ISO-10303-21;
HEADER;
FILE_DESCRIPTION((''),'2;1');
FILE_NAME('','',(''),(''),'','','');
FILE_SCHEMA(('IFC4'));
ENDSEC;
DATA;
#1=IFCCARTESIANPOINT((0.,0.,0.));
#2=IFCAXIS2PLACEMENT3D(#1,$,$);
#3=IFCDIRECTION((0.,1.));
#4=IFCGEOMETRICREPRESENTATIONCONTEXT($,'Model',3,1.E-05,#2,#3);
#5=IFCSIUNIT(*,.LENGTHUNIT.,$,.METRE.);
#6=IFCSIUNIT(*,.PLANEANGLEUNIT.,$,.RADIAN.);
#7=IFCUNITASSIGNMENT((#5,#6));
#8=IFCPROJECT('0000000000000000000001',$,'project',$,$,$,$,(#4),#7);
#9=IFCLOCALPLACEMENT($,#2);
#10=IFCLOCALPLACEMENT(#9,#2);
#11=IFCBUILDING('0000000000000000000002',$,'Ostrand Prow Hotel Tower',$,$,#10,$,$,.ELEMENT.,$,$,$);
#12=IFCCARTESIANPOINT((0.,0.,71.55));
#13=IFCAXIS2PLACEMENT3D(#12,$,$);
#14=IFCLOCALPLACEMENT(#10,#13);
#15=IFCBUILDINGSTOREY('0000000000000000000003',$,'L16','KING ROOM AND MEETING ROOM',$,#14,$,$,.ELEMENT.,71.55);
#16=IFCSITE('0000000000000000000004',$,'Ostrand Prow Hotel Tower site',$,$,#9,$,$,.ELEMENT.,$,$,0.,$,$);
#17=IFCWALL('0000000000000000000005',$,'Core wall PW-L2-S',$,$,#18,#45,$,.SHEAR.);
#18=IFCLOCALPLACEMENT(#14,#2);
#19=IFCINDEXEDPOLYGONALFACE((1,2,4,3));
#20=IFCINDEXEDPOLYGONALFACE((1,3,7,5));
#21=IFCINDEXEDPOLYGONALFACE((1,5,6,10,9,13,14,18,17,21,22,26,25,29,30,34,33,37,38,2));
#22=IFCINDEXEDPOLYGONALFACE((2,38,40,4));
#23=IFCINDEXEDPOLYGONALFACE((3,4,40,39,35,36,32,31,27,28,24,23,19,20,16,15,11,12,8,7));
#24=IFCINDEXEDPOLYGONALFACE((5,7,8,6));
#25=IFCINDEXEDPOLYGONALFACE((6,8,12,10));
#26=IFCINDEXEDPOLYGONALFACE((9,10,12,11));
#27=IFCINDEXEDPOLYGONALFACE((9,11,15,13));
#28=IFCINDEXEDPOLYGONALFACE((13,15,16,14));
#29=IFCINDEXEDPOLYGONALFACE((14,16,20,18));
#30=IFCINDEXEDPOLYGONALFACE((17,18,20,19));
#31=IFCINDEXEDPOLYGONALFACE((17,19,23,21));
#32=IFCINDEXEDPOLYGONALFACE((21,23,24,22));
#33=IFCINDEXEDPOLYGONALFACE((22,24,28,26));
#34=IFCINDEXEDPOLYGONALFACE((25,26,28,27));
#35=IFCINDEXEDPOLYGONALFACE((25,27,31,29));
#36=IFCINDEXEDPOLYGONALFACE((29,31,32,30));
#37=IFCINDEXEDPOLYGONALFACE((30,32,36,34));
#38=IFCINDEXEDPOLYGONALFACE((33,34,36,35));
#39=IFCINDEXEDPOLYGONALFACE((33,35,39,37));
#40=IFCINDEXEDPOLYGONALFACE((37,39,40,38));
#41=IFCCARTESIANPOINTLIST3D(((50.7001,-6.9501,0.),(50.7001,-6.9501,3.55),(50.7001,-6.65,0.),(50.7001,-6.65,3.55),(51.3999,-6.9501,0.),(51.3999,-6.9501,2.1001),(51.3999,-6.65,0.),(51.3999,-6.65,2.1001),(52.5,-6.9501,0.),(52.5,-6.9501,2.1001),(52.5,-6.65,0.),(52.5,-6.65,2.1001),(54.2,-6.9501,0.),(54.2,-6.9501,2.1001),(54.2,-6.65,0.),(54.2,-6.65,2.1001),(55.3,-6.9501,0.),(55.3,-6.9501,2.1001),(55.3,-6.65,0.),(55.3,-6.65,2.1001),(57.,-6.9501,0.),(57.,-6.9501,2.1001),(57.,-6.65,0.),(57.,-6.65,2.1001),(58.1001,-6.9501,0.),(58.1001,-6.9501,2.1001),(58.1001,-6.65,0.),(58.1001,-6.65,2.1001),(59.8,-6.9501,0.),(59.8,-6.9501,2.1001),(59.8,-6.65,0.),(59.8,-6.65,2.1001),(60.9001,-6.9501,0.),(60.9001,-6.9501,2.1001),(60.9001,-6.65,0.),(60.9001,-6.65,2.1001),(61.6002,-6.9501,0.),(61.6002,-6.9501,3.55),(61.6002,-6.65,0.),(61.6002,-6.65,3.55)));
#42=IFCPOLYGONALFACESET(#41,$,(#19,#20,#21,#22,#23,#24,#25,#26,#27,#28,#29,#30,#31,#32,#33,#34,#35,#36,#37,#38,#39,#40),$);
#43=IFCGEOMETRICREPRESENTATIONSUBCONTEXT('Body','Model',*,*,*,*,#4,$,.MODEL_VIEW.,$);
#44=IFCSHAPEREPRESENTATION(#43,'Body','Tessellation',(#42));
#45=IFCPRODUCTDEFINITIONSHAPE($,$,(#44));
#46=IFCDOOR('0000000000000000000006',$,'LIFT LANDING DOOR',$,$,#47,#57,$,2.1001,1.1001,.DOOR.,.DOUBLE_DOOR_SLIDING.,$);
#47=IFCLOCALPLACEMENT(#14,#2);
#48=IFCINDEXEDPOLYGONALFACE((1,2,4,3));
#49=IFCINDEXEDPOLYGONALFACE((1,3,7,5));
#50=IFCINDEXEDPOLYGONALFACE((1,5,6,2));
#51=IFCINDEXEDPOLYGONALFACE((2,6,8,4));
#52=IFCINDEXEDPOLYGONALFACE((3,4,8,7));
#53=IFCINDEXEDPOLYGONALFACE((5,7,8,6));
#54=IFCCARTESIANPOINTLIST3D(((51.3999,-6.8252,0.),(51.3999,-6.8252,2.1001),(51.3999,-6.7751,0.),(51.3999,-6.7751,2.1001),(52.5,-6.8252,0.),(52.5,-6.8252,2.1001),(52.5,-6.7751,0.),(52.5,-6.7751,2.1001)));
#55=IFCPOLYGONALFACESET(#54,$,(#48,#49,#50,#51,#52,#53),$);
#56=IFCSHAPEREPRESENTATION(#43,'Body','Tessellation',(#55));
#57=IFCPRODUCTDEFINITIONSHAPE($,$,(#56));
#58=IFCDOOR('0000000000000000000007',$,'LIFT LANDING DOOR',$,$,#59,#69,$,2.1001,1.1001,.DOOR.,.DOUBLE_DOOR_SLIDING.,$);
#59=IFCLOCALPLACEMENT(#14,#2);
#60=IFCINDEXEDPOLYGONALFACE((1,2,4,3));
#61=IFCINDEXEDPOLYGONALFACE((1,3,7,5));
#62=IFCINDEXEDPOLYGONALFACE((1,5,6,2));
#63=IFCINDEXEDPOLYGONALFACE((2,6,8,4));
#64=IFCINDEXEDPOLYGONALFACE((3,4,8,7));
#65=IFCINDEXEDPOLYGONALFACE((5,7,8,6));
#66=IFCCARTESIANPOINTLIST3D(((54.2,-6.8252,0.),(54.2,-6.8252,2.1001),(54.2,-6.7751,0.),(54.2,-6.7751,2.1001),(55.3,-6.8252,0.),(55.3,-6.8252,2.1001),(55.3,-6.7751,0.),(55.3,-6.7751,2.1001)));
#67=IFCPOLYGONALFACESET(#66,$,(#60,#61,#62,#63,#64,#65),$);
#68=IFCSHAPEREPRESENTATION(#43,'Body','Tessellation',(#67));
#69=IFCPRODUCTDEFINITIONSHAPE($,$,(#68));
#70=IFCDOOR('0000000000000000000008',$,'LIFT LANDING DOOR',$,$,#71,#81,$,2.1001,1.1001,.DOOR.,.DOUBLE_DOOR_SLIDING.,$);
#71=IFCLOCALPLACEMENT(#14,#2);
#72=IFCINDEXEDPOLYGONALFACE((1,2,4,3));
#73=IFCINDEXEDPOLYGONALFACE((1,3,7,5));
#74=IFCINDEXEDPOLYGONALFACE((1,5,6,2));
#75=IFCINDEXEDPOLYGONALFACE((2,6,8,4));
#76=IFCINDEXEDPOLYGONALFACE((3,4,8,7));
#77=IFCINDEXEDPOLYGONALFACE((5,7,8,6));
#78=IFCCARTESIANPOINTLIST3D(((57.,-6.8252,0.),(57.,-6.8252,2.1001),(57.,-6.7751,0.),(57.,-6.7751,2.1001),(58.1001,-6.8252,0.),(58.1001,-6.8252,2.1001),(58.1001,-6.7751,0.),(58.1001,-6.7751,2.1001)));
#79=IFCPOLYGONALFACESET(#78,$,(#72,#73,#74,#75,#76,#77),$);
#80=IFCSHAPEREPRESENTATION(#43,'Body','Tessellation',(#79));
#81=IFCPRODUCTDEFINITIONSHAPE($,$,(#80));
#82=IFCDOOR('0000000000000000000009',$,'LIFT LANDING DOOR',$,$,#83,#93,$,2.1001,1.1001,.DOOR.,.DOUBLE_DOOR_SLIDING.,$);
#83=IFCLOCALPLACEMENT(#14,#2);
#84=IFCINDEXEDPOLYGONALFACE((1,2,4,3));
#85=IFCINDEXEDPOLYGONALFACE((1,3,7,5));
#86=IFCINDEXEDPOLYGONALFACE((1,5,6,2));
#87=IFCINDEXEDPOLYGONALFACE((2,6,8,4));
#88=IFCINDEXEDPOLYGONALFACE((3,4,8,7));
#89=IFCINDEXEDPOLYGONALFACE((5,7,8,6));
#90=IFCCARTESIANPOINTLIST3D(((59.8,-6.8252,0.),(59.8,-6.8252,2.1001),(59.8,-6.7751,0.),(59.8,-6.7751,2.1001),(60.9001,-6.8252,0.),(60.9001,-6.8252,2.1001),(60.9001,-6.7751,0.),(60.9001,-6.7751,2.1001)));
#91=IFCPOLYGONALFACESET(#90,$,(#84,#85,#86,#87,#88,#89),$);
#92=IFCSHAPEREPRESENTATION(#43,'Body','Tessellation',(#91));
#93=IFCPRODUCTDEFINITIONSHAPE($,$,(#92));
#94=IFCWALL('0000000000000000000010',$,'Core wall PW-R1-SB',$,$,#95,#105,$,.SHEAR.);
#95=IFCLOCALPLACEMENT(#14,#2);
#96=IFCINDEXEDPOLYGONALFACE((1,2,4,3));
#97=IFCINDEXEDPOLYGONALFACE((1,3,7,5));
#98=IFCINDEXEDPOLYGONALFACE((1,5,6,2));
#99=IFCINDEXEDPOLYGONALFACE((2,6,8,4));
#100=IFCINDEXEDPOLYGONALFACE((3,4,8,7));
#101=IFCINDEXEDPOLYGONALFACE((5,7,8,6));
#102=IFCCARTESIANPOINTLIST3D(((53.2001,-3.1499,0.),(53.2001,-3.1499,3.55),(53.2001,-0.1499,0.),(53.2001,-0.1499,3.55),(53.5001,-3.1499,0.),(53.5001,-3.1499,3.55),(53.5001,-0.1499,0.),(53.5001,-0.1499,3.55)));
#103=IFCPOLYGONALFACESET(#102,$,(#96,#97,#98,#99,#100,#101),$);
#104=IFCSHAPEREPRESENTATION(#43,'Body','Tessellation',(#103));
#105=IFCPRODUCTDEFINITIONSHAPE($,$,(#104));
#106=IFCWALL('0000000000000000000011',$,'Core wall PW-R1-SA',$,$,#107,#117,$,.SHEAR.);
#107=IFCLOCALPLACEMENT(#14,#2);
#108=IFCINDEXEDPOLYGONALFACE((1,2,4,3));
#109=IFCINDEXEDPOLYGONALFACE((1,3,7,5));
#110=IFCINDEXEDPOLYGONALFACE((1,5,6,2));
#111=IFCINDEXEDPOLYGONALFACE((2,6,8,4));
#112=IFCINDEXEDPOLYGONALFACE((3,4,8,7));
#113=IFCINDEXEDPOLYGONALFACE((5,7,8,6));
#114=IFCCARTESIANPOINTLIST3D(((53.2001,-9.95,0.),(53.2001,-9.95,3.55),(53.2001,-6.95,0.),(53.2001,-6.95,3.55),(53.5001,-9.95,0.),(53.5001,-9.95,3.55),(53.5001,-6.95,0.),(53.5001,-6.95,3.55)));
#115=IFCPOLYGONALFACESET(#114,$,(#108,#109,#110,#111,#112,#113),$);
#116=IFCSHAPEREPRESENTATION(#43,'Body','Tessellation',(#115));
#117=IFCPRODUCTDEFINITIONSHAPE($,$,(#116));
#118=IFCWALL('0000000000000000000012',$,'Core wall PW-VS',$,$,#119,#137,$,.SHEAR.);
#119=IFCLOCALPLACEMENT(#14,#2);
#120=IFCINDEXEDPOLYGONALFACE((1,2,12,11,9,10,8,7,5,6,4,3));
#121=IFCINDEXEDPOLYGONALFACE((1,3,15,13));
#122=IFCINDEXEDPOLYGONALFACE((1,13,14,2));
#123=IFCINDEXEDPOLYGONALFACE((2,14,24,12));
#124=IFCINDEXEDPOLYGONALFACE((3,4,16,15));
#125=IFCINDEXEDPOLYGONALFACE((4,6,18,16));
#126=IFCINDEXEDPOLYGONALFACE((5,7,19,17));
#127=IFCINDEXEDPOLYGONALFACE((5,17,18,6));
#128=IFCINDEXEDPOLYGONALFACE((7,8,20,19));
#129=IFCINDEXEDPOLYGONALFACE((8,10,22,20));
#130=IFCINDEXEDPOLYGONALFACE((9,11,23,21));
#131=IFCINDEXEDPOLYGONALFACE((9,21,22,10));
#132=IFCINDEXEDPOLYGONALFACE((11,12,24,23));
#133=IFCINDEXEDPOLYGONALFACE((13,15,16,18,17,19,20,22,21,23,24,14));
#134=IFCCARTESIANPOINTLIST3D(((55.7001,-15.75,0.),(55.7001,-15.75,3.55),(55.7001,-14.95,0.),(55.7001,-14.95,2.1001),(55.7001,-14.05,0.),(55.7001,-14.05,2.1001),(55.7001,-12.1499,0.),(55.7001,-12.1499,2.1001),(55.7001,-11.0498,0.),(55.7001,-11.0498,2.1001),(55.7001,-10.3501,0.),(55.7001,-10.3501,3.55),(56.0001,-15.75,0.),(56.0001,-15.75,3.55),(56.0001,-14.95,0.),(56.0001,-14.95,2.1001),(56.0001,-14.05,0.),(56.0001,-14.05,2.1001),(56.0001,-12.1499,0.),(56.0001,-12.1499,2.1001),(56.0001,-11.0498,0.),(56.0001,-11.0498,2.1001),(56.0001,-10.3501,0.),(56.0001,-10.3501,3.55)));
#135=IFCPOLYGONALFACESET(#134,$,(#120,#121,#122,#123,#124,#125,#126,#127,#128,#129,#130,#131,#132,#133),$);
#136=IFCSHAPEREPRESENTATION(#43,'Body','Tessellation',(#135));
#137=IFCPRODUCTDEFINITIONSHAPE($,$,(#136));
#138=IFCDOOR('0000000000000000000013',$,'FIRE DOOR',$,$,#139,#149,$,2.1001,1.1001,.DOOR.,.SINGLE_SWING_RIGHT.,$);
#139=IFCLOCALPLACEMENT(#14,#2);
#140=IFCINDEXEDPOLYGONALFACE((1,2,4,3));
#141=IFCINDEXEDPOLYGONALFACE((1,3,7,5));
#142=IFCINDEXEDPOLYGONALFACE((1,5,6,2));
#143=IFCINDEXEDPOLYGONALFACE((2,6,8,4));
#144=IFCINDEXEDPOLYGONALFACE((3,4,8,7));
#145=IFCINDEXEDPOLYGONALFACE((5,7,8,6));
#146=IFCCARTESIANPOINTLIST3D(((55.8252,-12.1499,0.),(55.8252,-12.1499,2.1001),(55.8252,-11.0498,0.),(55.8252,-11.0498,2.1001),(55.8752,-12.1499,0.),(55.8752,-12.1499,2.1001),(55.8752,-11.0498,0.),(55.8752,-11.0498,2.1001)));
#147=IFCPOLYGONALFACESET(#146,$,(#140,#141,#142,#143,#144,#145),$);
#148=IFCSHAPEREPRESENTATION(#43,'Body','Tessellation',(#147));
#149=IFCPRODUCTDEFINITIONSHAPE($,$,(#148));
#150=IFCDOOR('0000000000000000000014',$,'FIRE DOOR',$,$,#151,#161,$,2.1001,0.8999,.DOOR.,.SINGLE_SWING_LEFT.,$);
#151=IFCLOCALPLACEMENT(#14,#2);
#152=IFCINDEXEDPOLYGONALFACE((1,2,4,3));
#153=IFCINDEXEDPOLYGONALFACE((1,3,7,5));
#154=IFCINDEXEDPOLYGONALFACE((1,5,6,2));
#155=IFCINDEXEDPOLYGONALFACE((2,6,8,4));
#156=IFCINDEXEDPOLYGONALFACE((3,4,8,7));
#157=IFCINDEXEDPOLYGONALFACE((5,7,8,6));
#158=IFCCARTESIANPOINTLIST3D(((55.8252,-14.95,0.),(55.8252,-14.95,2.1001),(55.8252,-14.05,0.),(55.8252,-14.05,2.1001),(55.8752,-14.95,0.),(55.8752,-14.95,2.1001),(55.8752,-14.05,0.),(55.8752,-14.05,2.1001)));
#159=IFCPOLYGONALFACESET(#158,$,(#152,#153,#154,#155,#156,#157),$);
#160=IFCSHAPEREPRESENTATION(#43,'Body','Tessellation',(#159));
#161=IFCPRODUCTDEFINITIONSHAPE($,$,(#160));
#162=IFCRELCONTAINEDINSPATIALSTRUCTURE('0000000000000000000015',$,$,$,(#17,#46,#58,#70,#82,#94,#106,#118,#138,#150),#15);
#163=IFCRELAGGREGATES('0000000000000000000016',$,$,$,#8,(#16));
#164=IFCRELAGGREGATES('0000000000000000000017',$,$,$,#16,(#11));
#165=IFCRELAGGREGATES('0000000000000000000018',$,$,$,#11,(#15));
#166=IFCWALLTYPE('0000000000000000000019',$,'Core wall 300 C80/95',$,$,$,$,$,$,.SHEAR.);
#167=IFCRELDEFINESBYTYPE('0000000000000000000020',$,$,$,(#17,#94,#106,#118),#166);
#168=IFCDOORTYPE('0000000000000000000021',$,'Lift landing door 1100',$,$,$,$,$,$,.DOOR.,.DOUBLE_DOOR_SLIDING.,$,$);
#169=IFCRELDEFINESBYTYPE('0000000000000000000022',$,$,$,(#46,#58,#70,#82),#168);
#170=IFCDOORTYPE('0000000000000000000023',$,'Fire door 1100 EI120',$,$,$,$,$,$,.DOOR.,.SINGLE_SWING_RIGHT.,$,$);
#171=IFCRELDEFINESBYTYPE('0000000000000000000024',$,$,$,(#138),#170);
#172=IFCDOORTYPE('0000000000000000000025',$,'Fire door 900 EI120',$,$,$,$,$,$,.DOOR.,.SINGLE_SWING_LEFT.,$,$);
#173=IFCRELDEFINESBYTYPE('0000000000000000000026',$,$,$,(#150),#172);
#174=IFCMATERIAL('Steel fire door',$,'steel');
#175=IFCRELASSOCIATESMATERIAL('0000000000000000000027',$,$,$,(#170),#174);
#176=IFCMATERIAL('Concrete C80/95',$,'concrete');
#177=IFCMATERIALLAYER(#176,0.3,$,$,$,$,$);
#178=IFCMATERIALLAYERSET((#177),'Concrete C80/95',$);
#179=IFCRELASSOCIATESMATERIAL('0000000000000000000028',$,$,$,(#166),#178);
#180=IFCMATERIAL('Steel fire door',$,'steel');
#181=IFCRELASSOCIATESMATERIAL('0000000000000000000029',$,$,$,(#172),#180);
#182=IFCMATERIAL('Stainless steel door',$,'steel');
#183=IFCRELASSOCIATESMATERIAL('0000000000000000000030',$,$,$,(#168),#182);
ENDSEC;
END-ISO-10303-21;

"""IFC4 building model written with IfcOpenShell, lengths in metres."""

from ifc_helpers import new_model, si_unit, direction, frame, frame_2d, origin, place, context, subcontext, project, spatial, rectangle, extrude, material, layer, layer_set, type_object, element, fill, save


model = new_model("IFC4")

# Units and contexts
model_context = context("Model", 3, precision=1e-05, world=origin(), true_north=direction((0.0, 1.0)))
body_context = subcontext(model_context, "Body", "Model", "MODEL_VIEW")
ifc_project = project(units=[si_unit("LENGTHUNIT", "METRE"), si_unit("PLANEANGLEUNIT", "RADIAN")], contexts=[model_context])

# Site, building, storey
site_placement = place(None, origin())
site = spatial("IfcSite", under=ifc_project, at=site_placement, Name="Ostrand Prow Hotel Tower site", CompositionType="ELEMENT", RefElevation=0.0)
building_placement = place(site_placement, origin())
building = spatial("IfcBuilding", under=site, at=building_placement, Name="Ostrand Prow Hotel Tower", CompositionType="ELEMENT")
storey_placement = place(building_placement, frame((0.0, 0.0, 71.55)))
storey = spatial("IfcBuildingStorey", under=building, at=storey_placement, Name="L16", Description="KING ROOM AND MEETING ROOM", CompositionType="ELEMENT", Elevation=71.55)

# Shared definitions
ifc_material_1 = material(Name="Steel fire door", Category="steel")
door_type_1 = type_object("IfcDoorType", Name="Fire door 1100 EI120", OperationType="SINGLE_SWING_RIGHT", PredefinedType="DOOR", material=ifc_material_1)

# Shared definitions
ifc_material_2 = material(Name="Concrete C80/95", Category="concrete")
ifc_layer_1 = layer(ifc_material_2, 0.3)
ifc_layer_set_1 = layer_set([ifc_layer_1], Name="Concrete C80/95")
wall_type_1 = type_object("IfcWallType", Name="Core wall 300 C80/95", PredefinedType="SHEAR", material=ifc_layer_set_1)

# Shared definitions
ifc_material_3 = material(Name="Steel fire door", Category="steel")
door_type_2 = type_object("IfcDoorType", Name="Fire door 900 EI120", OperationType="SINGLE_SWING_LEFT", PredefinedType="DOOR", material=ifc_material_3)

# Wall, openings, doors
wall_1_placement = place(storey_placement, frame((50.7, -6.8, 0.0), z_axis=(0.0, 0.0, 1.0), x_axis=(1.0, 0.0, 0.0)))
wall_1 = element("IfcWall", 1, at=wall_1_placement, inside=storey, type_object=wall_type_1, Name="Core wall PW-L2-S", PredefinedType="SHEAR", context=body_context, shape_type="SweptSolid", body=[
    extrude(rectangle(XDim=10.9001, YDim=0.3, at=frame_2d((5.4502, 0.0))), origin(), (0.0, 0.0, 1.0), 3.55),
])
opening_1_placement = place(wall_1_placement, frame((0.7, 0.0, 0.0)))
opening_1 = element("IfcOpeningElement", 2, at=opening_1_placement, cuts=wall_1, PredefinedType="OPENING", context=body_context, shape_type="SweptSolid", body=[
    extrude(rectangle(XDim=1.1001, YDim=2.1001, at=frame_2d((0.55, 1.05))), frame((0.0, 0.1599, 0.0), z_axis=(0.0, -1.0, 0.0), x_axis=(1.0, 0.0, 0.0)), (0.0, 0.0, 1.0), 0.3201),
])
opening_2_placement = place(wall_1_placement, frame((3.5, 0.0, 0.0)))
opening_2 = element("IfcOpeningElement", 3, at=opening_2_placement, cuts=wall_1, PredefinedType="OPENING", context=body_context, shape_type="SweptSolid", body=[
    extrude(rectangle(XDim=1.1001, YDim=2.1001, at=frame_2d((0.55, 1.05))), frame((0.0, 0.1599, 0.0), z_axis=(0.0, -1.0, 0.0), x_axis=(1.0, 0.0, 0.0)), (0.0, 0.0, 1.0), 0.3201),
])
opening_3_placement = place(wall_1_placement, frame((6.3, 0.0, 0.0)))
opening_3 = element("IfcOpeningElement", 4, at=opening_3_placement, cuts=wall_1, PredefinedType="OPENING", context=body_context, shape_type="SweptSolid", body=[
    extrude(rectangle(XDim=1.1001, YDim=2.1001, at=frame_2d((0.55, 1.05))), frame((0.0, 0.1599, 0.0), z_axis=(0.0, -1.0, 0.0), x_axis=(1.0, 0.0, 0.0)), (0.0, 0.0, 1.0), 0.3201),
])
opening_4_placement = place(wall_1_placement, frame((9.1001, 0.0, 0.0)))
opening_4 = element("IfcOpeningElement", 5, at=opening_4_placement, cuts=wall_1, PredefinedType="OPENING", context=body_context, shape_type="SweptSolid", body=[
    extrude(rectangle(XDim=1.1001, YDim=2.1001, at=frame_2d((0.55, 1.05))), frame((0.0, 0.1599, 0.0), z_axis=(0.0, -1.0, 0.0), x_axis=(1.0, 0.0, 0.0)), (0.0, 0.0, 1.0), 0.3201),
])
ifc_material_4 = material(Name="Stainless steel door", Category="steel")
door_type_3 = type_object("IfcDoorType", Name="Lift landing door 1100", OperationType="DOUBLE_DOOR_SLIDING", PredefinedType="DOOR", material=ifc_material_4)
door_1_placement = place(opening_1_placement, origin())
door_1 = element("IfcDoor", 6, at=door_1_placement, inside=storey, type_object=door_type_3, Name="LIFT LANDING DOOR", OperationType="DOUBLE_DOOR_SLIDING", OverallHeight=2.1001, OverallWidth=1.1001, PredefinedType="DOOR", context=body_context, shape_type="SweptSolid", body=[
    extrude(rectangle(XDim=1.1001, YDim=2.1001, at=frame_2d((0.55, 1.05))), frame((0.0, 0.0249, 0.0), z_axis=(0.0, -1.0, 0.0), x_axis=(1.0, 0.0, 0.0)), (0.0, 0.0, 1.0), 0.05),
])
fill(opening_1, door_1)
door_2_placement = place(opening_2_placement, origin())
door_2 = element("IfcDoor", 7, at=door_2_placement, inside=storey, type_object=door_type_3, Name="LIFT LANDING DOOR", OperationType="DOUBLE_DOOR_SLIDING", OverallHeight=2.1001, OverallWidth=1.1001, PredefinedType="DOOR", context=body_context, shape_type="SweptSolid", body=[
    extrude(rectangle(XDim=1.1001, YDim=2.1001, at=frame_2d((0.55, 1.05))), frame((0.0, 0.0249, 0.0), z_axis=(0.0, -1.0, 0.0), x_axis=(1.0, 0.0, 0.0)), (0.0, 0.0, 1.0), 0.05),
])
fill(opening_2, door_2)
door_3_placement = place(opening_3_placement, origin())
door_3 = element("IfcDoor", 8, at=door_3_placement, inside=storey, type_object=door_type_3, Name="LIFT LANDING DOOR", OperationType="DOUBLE_DOOR_SLIDING", OverallHeight=2.1001, OverallWidth=1.1001, PredefinedType="DOOR", context=body_context, shape_type="SweptSolid", body=[
    extrude(rectangle(XDim=1.1001, YDim=2.1001, at=frame_2d((0.55, 1.05))), frame((0.0, 0.0249, 0.0), z_axis=(0.0, -1.0, 0.0), x_axis=(1.0, 0.0, 0.0)), (0.0, 0.0, 1.0), 0.05),
])
fill(opening_3, door_3)
door_4_placement = place(opening_4_placement, origin())
door_4 = element("IfcDoor", 9, at=door_4_placement, inside=storey, type_object=door_type_3, Name="LIFT LANDING DOOR", OperationType="DOUBLE_DOOR_SLIDING", OverallHeight=2.1001, OverallWidth=1.1001, PredefinedType="DOOR", context=body_context, shape_type="SweptSolid", body=[
    extrude(rectangle(XDim=1.1001, YDim=2.1001, at=frame_2d((0.55, 1.05))), frame((0.0, 0.0249, 0.0), z_axis=(0.0, -1.0, 0.0), x_axis=(1.0, 0.0, 0.0)), (0.0, 0.0, 1.0), 0.05),
])
fill(opening_4, door_4)

# Walls
for number, where, z_axis, x_axis, name in (
    (10, (53.3501, -3.1499, 0.0), (0.0, 0.0, 1.0), (0.0, 1.0, 0.0), "Core wall PW-R1-SB"),
    (11, (53.3501, -9.95, 0.0), (0.0, 0.0, 1.0), (0.0, 1.0, 0.0), "Core wall PW-R1-SA"),
):
    element("IfcWall", number, at=place(storey_placement, frame(where, z_axis=z_axis, x_axis=x_axis)), inside=storey, type_object=wall_type_1, Name=name, PredefinedType="SHEAR", context=body_context, shape_type="SweptSolid", body=[
        extrude(rectangle(XDim=3.0, YDim=0.3, at=frame_2d((1.5, 0.0))), origin(), (0.0, 0.0, 1.0), 3.55),
    ])

# Wall, openings, doors
wall_2_placement = place(storey_placement, frame((55.8501, -15.75, 0.0), z_axis=(0.0, 0.0, 1.0), x_axis=(0.0, 1.0, 0.0)))
wall_2 = element("IfcWall", 12, at=wall_2_placement, inside=storey, type_object=wall_type_1, Name="Core wall PW-VS", PredefinedType="SHEAR", context=body_context, shape_type="SweptSolid", body=[
    extrude(rectangle(XDim=5.3999, YDim=0.3, at=frame_2d((2.7, 0.0))), origin(), (0.0, 0.0, 1.0), 3.55),
])
opening_5_placement = place(wall_2_placement, frame((3.6001, 0.0, 0.0)))
opening_5 = element("IfcOpeningElement", 13, at=opening_5_placement, cuts=wall_2, PredefinedType="OPENING", context=body_context, shape_type="SweptSolid", body=[
    extrude(rectangle(XDim=1.1001, YDim=2.1001, at=frame_2d((0.55, 1.05))), frame((0.0, 0.1599, 0.0), z_axis=(0.0, -1.0, 0.0), x_axis=(1.0, 0.0, 0.0)), (0.0, 0.0, 1.0), 0.3201),
])
opening_6_placement = place(wall_2_placement, frame((0.8, 0.0, 0.0)))
opening_6 = element("IfcOpeningElement", 14, at=opening_6_placement, cuts=wall_2, PredefinedType="OPENING", context=body_context, shape_type="SweptSolid", body=[
    extrude(rectangle(XDim=0.8999, YDim=2.1001, at=frame_2d((0.45, 1.05))), frame((0.0, 0.1599, 0.0), z_axis=(0.0, -1.0, 0.0), x_axis=(1.0, 0.0, 0.0)), (0.0, 0.0, 1.0), 0.3201),
])
door_5_placement = place(opening_5_placement, origin())
door_5 = element("IfcDoor", 15, at=door_5_placement, inside=storey, type_object=door_type_1, Name="FIRE DOOR", OperationType="SINGLE_SWING_RIGHT", OverallHeight=2.1001, OverallWidth=1.1001, PredefinedType="DOOR", context=body_context, shape_type="SweptSolid", body=[
    extrude(rectangle(XDim=1.1001, YDim=2.1001, at=frame_2d((0.55, 1.05))), frame((0.0, 0.0249, 0.0), z_axis=(0.0, -1.0, 0.0), x_axis=(1.0, 0.0, 0.0)), (0.0, 0.0, 1.0), 0.05),
])
fill(opening_5, door_5)
door_6_placement = place(opening_6_placement, origin())
door_6 = element("IfcDoor", 16, at=door_6_placement, inside=storey, type_object=door_type_2, Name="FIRE DOOR", OperationType="SINGLE_SWING_LEFT", OverallHeight=2.1001, OverallWidth=0.8999, PredefinedType="DOOR", context=body_context, shape_type="SweptSolid", body=[
    extrude(rectangle(XDim=0.8999, YDim=2.1001, at=frame_2d((0.45, 1.05))), frame((0.0, 0.0249, 0.0), z_axis=(0.0, -1.0, 0.0), x_axis=(1.0, 0.0, 0.0)), (0.0, 0.0, 1.0), 0.05),
])
fill(opening_6, door_6)

save(model, "model.ifc")
